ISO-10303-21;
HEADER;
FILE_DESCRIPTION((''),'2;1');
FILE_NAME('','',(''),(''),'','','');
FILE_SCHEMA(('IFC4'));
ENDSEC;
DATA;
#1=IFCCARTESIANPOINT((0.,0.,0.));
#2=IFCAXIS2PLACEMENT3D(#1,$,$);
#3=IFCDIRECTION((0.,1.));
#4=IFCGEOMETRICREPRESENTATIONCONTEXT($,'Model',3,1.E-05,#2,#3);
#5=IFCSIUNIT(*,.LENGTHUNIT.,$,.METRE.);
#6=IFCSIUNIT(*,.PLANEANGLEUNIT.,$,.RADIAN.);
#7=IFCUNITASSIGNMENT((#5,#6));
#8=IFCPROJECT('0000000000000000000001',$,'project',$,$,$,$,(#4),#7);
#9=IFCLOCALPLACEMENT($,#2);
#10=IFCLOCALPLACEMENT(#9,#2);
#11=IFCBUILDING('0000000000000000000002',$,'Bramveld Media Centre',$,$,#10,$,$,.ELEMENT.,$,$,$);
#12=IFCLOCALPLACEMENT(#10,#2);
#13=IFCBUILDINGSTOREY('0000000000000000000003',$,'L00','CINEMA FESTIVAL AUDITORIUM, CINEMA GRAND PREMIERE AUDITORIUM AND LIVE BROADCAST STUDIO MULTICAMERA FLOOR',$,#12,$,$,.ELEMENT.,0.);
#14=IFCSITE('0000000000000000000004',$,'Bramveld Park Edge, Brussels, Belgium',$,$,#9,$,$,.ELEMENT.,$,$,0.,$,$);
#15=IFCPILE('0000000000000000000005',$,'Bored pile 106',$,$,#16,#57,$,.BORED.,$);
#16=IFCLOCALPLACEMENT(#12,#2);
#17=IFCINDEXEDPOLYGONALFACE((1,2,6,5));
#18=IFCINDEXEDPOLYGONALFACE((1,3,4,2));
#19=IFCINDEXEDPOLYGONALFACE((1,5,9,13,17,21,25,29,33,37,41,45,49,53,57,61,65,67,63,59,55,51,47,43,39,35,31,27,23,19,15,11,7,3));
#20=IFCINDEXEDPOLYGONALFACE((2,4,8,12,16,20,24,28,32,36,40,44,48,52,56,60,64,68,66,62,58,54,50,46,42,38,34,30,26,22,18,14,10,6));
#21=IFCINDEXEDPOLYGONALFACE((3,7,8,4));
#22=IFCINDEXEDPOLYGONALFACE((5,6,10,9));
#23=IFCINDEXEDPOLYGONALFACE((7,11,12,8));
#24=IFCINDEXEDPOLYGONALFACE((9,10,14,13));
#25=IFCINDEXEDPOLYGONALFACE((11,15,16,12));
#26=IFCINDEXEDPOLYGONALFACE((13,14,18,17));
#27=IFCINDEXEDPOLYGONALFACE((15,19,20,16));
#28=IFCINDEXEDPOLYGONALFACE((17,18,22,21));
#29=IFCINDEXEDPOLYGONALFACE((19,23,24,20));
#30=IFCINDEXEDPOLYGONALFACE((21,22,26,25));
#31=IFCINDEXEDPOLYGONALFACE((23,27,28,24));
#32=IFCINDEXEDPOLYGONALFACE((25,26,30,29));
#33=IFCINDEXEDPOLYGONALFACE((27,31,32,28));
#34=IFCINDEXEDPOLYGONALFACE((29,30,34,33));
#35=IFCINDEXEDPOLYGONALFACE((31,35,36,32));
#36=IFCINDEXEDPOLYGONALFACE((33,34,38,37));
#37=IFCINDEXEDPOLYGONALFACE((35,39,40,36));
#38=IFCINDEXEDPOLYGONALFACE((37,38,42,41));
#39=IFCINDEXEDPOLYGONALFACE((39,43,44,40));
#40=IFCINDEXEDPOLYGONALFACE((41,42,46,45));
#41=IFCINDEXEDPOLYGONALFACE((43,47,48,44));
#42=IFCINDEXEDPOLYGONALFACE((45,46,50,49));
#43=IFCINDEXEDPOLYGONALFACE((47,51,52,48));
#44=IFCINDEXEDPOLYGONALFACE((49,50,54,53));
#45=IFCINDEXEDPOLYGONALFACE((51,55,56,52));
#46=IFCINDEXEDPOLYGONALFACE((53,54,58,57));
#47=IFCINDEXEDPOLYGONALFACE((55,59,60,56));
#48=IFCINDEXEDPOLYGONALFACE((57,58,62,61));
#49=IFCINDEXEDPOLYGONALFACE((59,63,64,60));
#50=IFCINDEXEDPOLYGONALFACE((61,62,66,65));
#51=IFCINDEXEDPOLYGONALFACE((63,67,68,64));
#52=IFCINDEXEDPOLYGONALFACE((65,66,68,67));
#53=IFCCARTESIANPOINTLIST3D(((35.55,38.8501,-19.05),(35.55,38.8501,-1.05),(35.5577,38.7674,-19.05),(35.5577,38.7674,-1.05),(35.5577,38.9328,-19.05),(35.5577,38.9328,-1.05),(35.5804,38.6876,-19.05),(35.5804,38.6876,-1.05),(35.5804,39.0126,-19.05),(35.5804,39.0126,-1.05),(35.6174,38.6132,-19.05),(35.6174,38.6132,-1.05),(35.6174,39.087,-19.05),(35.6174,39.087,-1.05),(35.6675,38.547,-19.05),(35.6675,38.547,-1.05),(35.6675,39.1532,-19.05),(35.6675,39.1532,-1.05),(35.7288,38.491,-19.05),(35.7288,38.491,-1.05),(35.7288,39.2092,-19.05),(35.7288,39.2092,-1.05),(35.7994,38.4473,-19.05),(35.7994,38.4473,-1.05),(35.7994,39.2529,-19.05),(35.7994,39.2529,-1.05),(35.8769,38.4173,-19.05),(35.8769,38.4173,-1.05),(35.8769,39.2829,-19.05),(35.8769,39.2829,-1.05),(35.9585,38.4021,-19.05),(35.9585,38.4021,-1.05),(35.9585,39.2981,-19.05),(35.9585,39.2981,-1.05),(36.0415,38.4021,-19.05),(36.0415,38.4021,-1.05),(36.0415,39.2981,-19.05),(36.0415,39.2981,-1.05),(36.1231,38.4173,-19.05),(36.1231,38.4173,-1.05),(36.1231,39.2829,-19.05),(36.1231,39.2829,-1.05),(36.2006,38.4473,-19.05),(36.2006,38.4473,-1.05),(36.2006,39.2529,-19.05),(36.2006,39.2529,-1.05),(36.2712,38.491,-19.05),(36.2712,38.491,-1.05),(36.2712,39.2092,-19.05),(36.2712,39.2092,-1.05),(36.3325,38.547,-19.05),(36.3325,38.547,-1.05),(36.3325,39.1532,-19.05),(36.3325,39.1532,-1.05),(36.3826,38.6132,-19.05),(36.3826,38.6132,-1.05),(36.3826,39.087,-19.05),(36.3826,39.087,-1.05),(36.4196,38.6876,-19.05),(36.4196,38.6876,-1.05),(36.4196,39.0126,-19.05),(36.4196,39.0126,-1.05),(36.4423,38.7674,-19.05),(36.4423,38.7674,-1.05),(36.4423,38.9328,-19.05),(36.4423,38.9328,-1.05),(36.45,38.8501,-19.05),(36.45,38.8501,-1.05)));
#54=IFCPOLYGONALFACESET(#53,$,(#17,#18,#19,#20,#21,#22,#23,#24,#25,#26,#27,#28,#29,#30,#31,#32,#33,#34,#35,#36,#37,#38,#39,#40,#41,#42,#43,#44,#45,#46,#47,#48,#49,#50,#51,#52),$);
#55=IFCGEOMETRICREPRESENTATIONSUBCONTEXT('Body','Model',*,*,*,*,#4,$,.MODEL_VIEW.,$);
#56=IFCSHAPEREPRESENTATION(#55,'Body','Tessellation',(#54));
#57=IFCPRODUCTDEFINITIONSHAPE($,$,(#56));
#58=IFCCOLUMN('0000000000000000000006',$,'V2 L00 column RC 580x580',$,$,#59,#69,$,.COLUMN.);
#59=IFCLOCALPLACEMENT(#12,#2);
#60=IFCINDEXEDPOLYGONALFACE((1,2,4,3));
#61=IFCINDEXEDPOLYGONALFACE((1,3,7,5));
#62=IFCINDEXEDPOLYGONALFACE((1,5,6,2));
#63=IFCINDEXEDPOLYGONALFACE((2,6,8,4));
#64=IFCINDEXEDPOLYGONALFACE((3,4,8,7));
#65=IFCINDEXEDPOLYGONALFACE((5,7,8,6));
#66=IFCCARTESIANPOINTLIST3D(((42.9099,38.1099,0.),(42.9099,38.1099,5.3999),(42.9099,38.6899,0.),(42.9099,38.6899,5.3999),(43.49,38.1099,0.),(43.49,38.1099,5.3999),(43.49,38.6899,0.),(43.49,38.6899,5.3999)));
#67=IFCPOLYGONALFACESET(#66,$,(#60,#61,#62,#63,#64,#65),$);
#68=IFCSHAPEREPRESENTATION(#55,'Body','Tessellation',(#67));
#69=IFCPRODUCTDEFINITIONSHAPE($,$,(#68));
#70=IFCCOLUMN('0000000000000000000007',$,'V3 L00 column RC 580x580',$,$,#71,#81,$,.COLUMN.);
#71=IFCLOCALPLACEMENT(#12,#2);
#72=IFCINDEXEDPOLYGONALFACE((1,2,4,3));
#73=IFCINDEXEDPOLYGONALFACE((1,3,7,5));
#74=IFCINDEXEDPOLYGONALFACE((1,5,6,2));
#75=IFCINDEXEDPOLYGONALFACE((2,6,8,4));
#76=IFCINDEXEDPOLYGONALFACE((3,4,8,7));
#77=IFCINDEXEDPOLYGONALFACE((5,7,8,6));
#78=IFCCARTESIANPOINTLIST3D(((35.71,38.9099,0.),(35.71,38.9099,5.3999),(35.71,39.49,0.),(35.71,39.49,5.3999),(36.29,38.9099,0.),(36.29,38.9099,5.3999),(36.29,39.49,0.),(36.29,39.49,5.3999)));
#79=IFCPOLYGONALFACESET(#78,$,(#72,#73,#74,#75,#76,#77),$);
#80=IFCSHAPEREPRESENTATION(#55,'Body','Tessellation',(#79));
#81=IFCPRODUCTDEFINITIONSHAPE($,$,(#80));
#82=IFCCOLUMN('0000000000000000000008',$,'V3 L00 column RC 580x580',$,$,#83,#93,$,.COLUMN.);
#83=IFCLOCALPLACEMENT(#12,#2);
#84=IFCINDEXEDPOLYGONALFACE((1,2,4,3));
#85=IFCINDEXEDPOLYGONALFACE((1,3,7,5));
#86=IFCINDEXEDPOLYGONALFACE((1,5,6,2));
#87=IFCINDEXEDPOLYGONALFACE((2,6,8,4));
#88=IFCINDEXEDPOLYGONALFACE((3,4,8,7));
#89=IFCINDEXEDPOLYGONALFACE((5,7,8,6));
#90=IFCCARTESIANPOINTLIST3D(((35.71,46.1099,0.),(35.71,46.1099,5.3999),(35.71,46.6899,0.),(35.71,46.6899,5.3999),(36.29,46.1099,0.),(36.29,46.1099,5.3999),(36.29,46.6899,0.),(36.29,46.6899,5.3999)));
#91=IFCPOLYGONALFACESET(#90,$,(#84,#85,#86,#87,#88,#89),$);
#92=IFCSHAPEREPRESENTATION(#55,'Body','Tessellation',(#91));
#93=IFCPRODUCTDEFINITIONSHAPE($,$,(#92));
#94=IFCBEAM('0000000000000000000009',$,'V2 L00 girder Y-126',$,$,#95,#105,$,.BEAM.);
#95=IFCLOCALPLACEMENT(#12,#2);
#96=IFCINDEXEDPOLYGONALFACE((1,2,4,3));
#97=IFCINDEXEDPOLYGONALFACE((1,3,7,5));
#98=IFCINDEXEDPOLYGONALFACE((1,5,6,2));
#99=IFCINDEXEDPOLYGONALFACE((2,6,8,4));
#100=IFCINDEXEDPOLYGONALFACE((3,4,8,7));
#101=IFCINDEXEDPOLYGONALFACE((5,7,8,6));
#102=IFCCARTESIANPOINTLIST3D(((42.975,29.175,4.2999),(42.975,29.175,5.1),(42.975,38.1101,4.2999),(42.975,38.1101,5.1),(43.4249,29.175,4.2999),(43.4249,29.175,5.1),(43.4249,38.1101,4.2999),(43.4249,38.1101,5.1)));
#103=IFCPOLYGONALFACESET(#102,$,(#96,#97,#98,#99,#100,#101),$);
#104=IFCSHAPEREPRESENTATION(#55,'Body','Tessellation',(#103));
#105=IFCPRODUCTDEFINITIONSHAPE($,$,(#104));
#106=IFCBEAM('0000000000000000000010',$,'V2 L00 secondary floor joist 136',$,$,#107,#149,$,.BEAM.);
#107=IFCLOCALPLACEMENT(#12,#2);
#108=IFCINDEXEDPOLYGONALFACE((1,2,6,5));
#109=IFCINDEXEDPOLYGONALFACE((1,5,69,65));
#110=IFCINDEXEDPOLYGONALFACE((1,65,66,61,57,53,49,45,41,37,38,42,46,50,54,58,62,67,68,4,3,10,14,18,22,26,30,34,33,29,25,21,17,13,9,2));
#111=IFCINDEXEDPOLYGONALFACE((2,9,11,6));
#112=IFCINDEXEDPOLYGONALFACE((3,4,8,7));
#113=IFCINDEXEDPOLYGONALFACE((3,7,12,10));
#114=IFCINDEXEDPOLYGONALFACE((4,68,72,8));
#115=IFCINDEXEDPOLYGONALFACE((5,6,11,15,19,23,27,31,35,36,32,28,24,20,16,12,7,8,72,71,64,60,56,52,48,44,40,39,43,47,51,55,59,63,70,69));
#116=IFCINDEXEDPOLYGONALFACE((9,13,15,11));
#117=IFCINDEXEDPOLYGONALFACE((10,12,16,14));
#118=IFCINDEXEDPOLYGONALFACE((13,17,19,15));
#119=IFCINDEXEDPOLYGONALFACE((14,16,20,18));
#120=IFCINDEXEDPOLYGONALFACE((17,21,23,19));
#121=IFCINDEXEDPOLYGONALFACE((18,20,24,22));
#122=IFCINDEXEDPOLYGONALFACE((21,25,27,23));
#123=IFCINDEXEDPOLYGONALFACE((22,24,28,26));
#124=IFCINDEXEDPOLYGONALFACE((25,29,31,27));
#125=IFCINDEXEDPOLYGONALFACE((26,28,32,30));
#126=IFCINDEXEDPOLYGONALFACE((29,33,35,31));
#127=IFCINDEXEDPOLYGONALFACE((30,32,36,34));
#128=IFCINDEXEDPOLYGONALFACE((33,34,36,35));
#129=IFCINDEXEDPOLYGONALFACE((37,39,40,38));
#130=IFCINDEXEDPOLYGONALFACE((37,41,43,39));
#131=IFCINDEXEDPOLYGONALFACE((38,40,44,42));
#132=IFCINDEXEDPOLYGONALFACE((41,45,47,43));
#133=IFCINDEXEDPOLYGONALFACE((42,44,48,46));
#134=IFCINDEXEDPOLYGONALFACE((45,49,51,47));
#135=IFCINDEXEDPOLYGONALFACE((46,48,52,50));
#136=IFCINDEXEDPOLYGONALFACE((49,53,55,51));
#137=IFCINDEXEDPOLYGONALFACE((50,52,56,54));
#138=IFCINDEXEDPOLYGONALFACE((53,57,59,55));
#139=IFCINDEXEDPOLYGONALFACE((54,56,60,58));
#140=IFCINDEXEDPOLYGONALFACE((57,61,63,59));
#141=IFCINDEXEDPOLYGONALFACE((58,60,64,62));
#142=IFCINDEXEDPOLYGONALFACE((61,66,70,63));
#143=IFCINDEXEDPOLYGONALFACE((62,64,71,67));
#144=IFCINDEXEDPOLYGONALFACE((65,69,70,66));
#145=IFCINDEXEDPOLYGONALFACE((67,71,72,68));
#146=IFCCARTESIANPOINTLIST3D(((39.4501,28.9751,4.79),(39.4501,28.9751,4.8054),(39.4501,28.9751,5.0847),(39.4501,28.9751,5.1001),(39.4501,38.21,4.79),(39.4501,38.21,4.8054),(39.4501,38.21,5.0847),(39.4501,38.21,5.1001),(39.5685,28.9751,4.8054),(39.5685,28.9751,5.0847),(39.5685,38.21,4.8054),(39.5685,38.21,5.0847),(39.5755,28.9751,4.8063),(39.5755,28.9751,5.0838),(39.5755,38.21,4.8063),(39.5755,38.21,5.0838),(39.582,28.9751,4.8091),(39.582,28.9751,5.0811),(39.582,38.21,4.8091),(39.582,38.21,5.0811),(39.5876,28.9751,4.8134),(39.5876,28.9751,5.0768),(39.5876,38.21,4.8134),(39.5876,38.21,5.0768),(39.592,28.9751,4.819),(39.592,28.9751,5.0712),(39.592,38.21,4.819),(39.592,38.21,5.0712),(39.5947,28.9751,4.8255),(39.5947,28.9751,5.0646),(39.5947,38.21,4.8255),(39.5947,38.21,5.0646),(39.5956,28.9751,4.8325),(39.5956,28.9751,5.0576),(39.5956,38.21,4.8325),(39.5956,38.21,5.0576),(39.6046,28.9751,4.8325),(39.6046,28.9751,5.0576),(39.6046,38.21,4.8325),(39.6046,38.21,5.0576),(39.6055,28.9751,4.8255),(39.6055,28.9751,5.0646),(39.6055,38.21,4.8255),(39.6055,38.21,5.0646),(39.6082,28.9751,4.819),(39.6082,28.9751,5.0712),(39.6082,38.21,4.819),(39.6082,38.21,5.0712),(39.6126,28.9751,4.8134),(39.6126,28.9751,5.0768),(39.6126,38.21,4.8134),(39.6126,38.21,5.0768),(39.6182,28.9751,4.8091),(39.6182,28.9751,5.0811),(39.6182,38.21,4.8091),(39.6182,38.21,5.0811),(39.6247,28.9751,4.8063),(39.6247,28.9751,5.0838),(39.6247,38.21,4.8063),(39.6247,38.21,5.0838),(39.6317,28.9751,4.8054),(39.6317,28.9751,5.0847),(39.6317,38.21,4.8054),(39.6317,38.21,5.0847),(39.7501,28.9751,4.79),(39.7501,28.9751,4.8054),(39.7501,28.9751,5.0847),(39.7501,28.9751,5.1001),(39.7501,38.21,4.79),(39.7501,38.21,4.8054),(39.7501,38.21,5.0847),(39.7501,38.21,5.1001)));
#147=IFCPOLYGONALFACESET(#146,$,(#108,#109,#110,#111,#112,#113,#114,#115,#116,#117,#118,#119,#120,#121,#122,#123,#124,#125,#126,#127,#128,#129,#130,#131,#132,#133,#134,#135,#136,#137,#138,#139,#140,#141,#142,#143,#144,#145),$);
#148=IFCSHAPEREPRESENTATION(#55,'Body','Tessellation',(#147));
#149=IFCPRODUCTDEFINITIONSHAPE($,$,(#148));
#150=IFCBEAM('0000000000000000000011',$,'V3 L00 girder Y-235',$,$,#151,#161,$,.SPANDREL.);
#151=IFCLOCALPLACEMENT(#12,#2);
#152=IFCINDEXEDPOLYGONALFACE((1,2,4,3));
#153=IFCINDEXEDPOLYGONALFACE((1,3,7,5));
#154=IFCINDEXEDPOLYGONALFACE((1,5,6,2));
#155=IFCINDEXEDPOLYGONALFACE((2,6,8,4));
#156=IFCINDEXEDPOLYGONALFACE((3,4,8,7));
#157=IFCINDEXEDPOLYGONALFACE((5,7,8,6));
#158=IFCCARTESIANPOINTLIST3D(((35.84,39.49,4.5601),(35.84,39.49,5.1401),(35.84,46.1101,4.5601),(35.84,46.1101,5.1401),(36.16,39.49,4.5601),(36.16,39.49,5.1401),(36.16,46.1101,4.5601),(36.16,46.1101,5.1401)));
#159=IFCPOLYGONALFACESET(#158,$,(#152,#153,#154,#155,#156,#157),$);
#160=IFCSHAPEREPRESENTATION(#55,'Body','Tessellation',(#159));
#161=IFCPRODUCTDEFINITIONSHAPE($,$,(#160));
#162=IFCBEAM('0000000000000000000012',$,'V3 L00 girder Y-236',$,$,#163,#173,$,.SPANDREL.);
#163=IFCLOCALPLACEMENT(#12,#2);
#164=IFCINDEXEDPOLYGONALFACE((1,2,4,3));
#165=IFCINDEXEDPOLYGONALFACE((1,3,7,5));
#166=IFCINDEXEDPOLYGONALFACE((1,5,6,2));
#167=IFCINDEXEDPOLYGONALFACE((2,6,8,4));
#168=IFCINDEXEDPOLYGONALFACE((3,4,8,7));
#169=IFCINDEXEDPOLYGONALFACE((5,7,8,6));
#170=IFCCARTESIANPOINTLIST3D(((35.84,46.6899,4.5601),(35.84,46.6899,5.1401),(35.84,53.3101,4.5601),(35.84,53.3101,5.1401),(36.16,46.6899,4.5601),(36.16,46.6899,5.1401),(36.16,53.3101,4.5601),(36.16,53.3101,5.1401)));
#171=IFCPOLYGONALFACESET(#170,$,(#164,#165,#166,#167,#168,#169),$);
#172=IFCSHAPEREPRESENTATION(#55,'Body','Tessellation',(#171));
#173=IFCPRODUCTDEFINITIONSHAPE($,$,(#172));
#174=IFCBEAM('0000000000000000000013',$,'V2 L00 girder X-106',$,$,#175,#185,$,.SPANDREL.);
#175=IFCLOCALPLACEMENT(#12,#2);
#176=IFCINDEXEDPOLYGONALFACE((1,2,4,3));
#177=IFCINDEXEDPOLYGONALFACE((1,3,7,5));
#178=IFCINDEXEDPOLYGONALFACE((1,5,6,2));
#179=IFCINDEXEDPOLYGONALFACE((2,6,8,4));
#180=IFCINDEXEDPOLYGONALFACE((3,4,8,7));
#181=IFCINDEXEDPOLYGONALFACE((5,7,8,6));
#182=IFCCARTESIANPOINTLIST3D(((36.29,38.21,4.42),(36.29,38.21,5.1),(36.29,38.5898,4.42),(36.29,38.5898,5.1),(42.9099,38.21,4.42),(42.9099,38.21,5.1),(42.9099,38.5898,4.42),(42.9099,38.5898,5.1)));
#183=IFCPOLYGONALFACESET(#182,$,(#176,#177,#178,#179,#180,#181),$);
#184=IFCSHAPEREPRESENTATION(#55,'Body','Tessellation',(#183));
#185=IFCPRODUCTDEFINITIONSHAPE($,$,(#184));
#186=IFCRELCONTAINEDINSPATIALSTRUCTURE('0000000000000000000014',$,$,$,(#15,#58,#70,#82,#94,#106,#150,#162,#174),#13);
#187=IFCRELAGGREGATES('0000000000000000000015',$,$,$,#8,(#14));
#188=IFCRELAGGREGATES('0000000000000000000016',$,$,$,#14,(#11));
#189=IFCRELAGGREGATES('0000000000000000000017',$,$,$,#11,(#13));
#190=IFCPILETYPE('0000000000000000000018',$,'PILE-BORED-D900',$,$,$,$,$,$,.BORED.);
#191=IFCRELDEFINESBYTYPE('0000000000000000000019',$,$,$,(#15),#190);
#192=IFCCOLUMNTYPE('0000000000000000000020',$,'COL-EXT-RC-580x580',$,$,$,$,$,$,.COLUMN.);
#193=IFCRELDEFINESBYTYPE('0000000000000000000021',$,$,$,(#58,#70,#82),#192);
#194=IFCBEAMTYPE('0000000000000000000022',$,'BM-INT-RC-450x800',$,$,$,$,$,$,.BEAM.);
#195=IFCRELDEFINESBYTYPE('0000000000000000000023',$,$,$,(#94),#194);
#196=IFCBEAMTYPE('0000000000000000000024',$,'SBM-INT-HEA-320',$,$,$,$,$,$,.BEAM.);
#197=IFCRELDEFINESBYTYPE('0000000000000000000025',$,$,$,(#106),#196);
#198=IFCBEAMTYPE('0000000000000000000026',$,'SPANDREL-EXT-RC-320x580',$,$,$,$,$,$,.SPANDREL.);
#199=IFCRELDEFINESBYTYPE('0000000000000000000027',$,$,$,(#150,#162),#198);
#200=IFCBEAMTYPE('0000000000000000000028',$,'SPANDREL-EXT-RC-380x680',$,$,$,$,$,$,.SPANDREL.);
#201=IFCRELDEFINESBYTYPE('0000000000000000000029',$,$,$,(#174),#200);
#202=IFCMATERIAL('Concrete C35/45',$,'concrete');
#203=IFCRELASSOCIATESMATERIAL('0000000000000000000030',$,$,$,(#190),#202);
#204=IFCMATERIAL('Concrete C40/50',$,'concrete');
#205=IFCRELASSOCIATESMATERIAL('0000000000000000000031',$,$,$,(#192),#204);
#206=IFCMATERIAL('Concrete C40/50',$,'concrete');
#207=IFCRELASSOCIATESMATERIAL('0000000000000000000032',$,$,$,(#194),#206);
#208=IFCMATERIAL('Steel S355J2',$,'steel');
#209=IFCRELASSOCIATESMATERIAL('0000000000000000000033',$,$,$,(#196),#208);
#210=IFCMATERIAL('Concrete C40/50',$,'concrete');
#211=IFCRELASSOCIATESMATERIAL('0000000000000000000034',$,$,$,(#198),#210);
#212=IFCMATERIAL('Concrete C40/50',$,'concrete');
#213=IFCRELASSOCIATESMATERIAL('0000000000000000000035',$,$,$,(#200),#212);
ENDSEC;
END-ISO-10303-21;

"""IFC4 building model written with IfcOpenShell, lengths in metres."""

from ifc_helpers import new_model, si_unit, direction, frame, origin, origin_2d, place, context, subcontext, project, spatial, rectangle, circle, i_section, extrude, material, material_profile, profile_set, type_object, element, save


model = new_model("IFC4")

# Units and contexts
model_context = context("Model", 3, precision=1e-05, world=origin(), true_north=direction((0.0, 1.0)))
body_context = subcontext(model_context, "Body", "Model", "MODEL_VIEW")
ifc_project = project(units=[si_unit("LENGTHUNIT", "METRE"), si_unit("PLANEANGLEUNIT", "RADIAN")], contexts=[model_context])

# Site, building, storey
site_placement = place(None, origin())
site = spatial("IfcSite", under=ifc_project, at=site_placement, Name="Bramveld Park Edge, Brussels, Belgium", CompositionType="ELEMENT", RefElevation=0.0)
building_placement = place(site_placement, origin())
building = spatial("IfcBuilding", under=site, at=building_placement, Name="Bramveld Media Centre", CompositionType="ELEMENT")
storey_placement = place(building_placement, origin())
storey = spatial("IfcBuildingStorey", under=building, at=storey_placement, Name="L00", Description="CINEMA FESTIVAL AUDITORIUM, CINEMA GRAND PREMIERE AUDITORIUM AND LIVE BROADCAST STUDIO MULTICAMERA FLOOR", CompositionType="ELEMENT", Elevation=0.0)

# Pile
ifc_material_1 = material(Name="Concrete C35/45", Category="concrete")
ifc_material_profile_1 = material_profile(ifc_material_1, circle(Radius=0.45, at=origin_2d()), Name="BORED D900")
ifc_profile_set_1 = profile_set([ifc_material_profile_1], Name="Concrete C35/45")
pile_type_1 = type_object("IfcPileType", Name="PILE-BORED-D900", PredefinedType="BORED", material=ifc_profile_set_1)
pile_1_placement = place(storey_placement, frame((36.0, 38.8501, -1.05), z_axis=(0.0, 0.0, -1.0), x_axis=(1.0, 0.0, 0.0)))
element("IfcPile", 1, at=pile_1_placement, inside=storey, type_object=pile_type_1, Name="Bored pile 106", PredefinedType="BORED", context=body_context, shape_type="SweptSolid", body=[
    extrude(circle(Radius=0.45, at=origin_2d()), origin(), (0.0, 0.0, 1.0), 18.0),
])

# Columns
ifc_material_2 = material(Name="Concrete C40/50", Category="concrete")
ifc_material_profile_2 = material_profile(ifc_material_2, rectangle(XDim=0.5801, YDim=0.5801, at=origin_2d()), Name="RC 580x580")
ifc_profile_set_2 = profile_set([ifc_material_profile_2], Name="Concrete C40/50")
column_type = type_object("IfcColumnType", Name="COL-EXT-RC-580x580", PredefinedType="COLUMN", material=ifc_profile_set_2)
for number, where, z_axis, x_axis, name in (
    (2, (43.2, 38.3999, 0.0), (0.0, 0.0, 1.0), (1.0, 0.0, 0.0), "V2 L00 column RC 580x580"),
    (3, (36.0, 39.2, 0.0), (0.0, 0.0, 1.0), (1.0, 0.0, 0.0), "V3 L00 column RC 580x580"),
    (4, (36.0, 46.3999, 0.0), (0.0, 0.0, 1.0), (1.0, 0.0, 0.0), "V3 L00 column RC 580x580"),
):
    element("IfcColumn", number, at=place(storey_placement, frame(where, z_axis=z_axis, x_axis=x_axis)), inside=storey, type_object=column_type, Name=name, PredefinedType="COLUMN", context=body_context, shape_type="SweptSolid", body=[
        extrude(rectangle(XDim=0.5801, YDim=0.5801, at=origin_2d()), origin(), (0.0, 0.0, 1.0), 5.3999),
    ])

# Beams
ifc_material_3 = material(Name="Concrete C40/50", Category="concrete")
ifc_material_profile_3 = material_profile(ifc_material_3, rectangle(XDim=0.45, YDim=0.8, at=origin_2d()), Name="RC 450x800")
ifc_profile_set_3 = profile_set([ifc_material_profile_3], Name="Concrete C40/50")
beam_type_1 = type_object("IfcBeamType", Name="BM-INT-RC-450x800", PredefinedType="BEAM", material=ifc_profile_set_3)
beam_1_placement = place(storey_placement, frame((43.2, 29.175, 4.7), z_axis=(0.0, 1.0, 0.0), x_axis=(-1.0, 0.0, 0.0)))
element("IfcBeam", 5, at=beam_1_placement, inside=storey, type_object=beam_type_1, Name="V2 L00 girder Y-126", PredefinedType="BEAM", context=body_context, shape_type="SweptSolid", body=[
    extrude(rectangle(XDim=0.45, YDim=0.8, at=origin_2d()), origin(), (0.0, 0.0, 1.0), 8.9351),
])
ifc_material_4 = material(Name="Steel S355J2", Category="steel")
ifc_material_profile_4 = material_profile(ifc_material_4, i_section(OverallWidth=0.3, OverallDepth=0.3101, WebThickness=0.009, FlangeThickness=0.0154, FilletRadius=0.0271, at=origin_2d()), Name="HEA 320")
ifc_profile_set_4 = profile_set([ifc_material_profile_4], Name="Steel S355J2")
beam_type_2 = type_object("IfcBeamType", Name="SBM-INT-HEA-320", PredefinedType="BEAM", material=ifc_profile_set_4)
beam_2_placement = place(storey_placement, frame((39.6001, 28.9751, 4.9451), z_axis=(0.0, 1.0, 0.0), x_axis=(-1.0, 0.0, 0.0)))
element("IfcBeam", 6, at=beam_2_placement, inside=storey, type_object=beam_type_2, Name="V2 L00 secondary floor joist 136", PredefinedType="BEAM", context=body_context, shape_type="SweptSolid", body=[
    extrude(i_section(OverallWidth=0.3, OverallDepth=0.3101, WebThickness=0.009, FlangeThickness=0.0154, FilletRadius=0.0271, at=origin_2d()), origin(), (0.0, 0.0, 1.0), 9.2349),
])
ifc_material_5 = material(Name="Concrete C40/50", Category="concrete")
ifc_material_profile_5 = material_profile(ifc_material_5, rectangle(XDim=0.3201, YDim=0.5801, at=origin_2d()), Name="RC 320x580")
ifc_profile_set_5 = profile_set([ifc_material_profile_5], Name="Concrete C40/50")
beam_type_3 = type_object("IfcBeamType", Name="SPANDREL-EXT-RC-320x580", PredefinedType="SPANDREL", material=ifc_profile_set_5)
for number, where, z_axis, x_axis, name in (
    (7, (36.0, 39.49, 4.8501), (0.0, 1.0, 0.0), (-1.0, 0.0, 0.0), "V3 L00 girder Y-235"),
    (8, (36.0, 46.6899, 4.8501), (0.0, 1.0, 0.0), (-1.0, 0.0, 0.0), "V3 L00 girder Y-236"),
):
    element("IfcBeam", number, at=place(storey_placement, frame(where, z_axis=z_axis, x_axis=x_axis)), inside=storey, type_object=beam_type_3, Name=name, PredefinedType="SPANDREL", context=body_context, shape_type="SweptSolid", body=[
        extrude(rectangle(XDim=0.3201, YDim=0.5801, at=origin_2d()), origin(), (0.0, 0.0, 1.0), 6.6201),
    ])
ifc_material_6 = material(Name="Concrete C40/50", Category="concrete")
ifc_material_profile_6 = material_profile(ifc_material_6, rectangle(XDim=0.3799, YDim=0.6799, at=origin_2d()), Name="RC 380x680")
ifc_profile_set_6 = profile_set([ifc_material_profile_6], Name="Concrete C40/50")
beam_type_4 = type_object("IfcBeamType", Name="SPANDREL-EXT-RC-380x680", PredefinedType="SPANDREL", material=ifc_profile_set_6)
beam_3_placement = place(storey_placement, frame((36.29, 38.3999, 4.76), z_axis=(1.0, 0.0, 0.0), x_axis=(0.0, 1.0, 0.0)))
element("IfcBeam", 9, at=beam_3_placement, inside=storey, type_object=beam_type_4, Name="V2 L00 girder X-106", PredefinedType="SPANDREL", context=body_context, shape_type="SweptSolid", body=[
    extrude(rectangle(XDim=0.3799, YDim=0.6799, at=origin_2d()), origin(), (0.0, 0.0, 1.0), 6.6199),
])

save(model, "model.ifc")
